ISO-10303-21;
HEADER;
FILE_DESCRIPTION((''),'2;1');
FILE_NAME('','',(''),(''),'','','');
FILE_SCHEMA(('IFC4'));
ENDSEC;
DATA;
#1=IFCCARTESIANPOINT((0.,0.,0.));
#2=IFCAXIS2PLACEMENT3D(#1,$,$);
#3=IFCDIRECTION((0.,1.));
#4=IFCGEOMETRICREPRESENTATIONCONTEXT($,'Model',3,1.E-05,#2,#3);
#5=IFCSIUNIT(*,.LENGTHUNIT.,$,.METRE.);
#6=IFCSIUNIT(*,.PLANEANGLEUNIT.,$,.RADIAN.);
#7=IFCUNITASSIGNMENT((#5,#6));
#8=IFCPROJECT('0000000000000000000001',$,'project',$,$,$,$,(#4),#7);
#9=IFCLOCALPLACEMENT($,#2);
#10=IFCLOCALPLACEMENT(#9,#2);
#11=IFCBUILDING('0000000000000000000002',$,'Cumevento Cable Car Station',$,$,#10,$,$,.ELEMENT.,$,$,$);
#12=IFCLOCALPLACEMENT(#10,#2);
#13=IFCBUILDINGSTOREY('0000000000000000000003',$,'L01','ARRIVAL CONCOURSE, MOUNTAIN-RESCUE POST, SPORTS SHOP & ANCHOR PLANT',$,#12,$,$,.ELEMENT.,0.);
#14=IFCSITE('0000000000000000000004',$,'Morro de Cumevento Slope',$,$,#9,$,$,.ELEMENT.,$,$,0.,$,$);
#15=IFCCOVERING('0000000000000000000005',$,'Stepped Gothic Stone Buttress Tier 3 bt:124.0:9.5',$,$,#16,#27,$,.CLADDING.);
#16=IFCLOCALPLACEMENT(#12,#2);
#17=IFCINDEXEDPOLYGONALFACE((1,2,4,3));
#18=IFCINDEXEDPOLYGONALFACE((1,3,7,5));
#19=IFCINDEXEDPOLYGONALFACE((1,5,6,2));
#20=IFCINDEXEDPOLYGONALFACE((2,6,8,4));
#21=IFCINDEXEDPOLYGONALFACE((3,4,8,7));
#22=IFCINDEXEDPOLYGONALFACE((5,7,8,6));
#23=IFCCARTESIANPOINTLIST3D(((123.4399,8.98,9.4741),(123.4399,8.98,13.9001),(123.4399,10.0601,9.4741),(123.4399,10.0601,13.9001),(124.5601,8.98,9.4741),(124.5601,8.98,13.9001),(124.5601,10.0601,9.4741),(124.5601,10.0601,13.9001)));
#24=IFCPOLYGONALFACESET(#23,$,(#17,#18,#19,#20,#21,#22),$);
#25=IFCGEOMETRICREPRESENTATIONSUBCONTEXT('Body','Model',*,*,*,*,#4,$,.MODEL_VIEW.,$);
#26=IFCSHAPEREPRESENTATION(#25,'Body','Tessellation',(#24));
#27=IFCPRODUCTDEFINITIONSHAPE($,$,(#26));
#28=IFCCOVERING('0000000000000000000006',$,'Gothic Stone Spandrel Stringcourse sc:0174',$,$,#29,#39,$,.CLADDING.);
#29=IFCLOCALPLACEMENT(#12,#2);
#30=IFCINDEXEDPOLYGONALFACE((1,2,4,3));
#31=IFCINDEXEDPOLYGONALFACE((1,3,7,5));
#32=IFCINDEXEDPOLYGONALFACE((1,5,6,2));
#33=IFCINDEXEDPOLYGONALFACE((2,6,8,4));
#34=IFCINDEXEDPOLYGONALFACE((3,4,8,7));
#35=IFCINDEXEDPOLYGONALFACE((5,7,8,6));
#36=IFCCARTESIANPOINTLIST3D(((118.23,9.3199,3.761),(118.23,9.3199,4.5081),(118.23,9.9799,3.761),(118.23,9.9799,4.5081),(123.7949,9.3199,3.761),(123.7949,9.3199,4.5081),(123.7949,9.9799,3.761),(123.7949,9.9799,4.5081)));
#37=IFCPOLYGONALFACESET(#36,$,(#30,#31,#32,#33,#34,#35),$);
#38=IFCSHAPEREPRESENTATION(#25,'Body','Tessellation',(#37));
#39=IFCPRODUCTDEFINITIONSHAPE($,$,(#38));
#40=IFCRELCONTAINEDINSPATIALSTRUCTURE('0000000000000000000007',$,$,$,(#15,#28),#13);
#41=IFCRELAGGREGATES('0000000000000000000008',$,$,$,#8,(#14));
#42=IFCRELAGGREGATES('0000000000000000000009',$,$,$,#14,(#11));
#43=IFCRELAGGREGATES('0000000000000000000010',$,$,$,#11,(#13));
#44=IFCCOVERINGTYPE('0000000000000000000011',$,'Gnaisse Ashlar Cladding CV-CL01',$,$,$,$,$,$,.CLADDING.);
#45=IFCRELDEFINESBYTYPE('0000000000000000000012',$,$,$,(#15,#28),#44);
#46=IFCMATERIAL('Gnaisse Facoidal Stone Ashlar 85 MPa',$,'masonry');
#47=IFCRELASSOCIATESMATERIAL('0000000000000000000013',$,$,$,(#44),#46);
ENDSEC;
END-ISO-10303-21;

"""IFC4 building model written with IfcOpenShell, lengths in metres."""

from ifc_helpers import new_model, si_unit, direction, frame, origin, origin_2d, place, context, subcontext, project, spatial, rectangle, extrude, material, type_object, element, save


model = new_model("IFC4")

# Units and contexts
model_context = context("Model", 3, precision=1e-05, world=origin(), true_north=direction((0.0, 1.0)))
body_context = subcontext(model_context, "Body", "Model", "MODEL_VIEW")
ifc_project = project(units=[si_unit("LENGTHUNIT", "METRE"), si_unit("PLANEANGLEUNIT", "RADIAN")], contexts=[model_context])

# Site, building, storey
site_placement = place(None, origin())
site = spatial("IfcSite", under=ifc_project, at=site_placement, Name="Morro de Cumevento Slope", CompositionType="ELEMENT", RefElevation=0.0)
building_placement = place(site_placement, origin())
building = spatial("IfcBuilding", under=site, at=building_placement, Name="Cumevento Cable Car Station", CompositionType="ELEMENT")
storey_placement = place(building_placement, origin())
storey = spatial("IfcBuildingStorey", under=building, at=storey_placement, Name="L01", Description="ARRIVAL CONCOURSE, MOUNTAIN-RESCUE POST, SPORTS SHOP & ANCHOR PLANT", CompositionType="ELEMENT", Elevation=0.0)

# Coverings
ifc_material_1 = material(Name="Gnaisse Facoidal Stone Ashlar 85 MPa", Category="masonry")
covering_type = type_object("IfcCoveringType", Name="Gnaisse Ashlar Cladding CV-CL01", PredefinedType="CLADDING", material=ifc_material_1)
for number, where, z_axis, x_axis, name in (
    (1, (124.0, 9.52, 9.4741), (0.0, 0.0, 1.0), (1.0, 0.0, 0.0), "Stepped Gothic Stone Buttress Tier 3 bt:124.0:9.5"),
):
    element("IfcCovering", number, at=place(storey_placement, frame(where, z_axis=z_axis, x_axis=x_axis)), inside=storey, type_object=covering_type, Name=name, PredefinedType="CLADDING", context=body_context, shape_type="SweptSolid", body=[
        extrude(rectangle(XDim=1.1201, YDim=1.0801, at=origin_2d()), origin(), (0.0, 0.0, 1.0), 4.426),
    ])
covering_1_placement = place(storey_placement, frame((121.0125, 9.6499, 3.761), z_axis=(0.0, 0.0, 1.0), x_axis=(-1.0, 0.0, 0.0)))
element("IfcCovering", 2, at=covering_1_placement, inside=storey, type_object=covering_type, Name="Gothic Stone Spandrel Stringcourse sc:0174", PredefinedType="CLADDING", context=body_context, shape_type="SweptSolid", body=[
    extrude(rectangle(XDim=5.5649, YDim=0.6599, at=origin_2d()), origin(), (0.0, 0.0, 1.0), 0.7471),
])

save(model, "model.ifc")
